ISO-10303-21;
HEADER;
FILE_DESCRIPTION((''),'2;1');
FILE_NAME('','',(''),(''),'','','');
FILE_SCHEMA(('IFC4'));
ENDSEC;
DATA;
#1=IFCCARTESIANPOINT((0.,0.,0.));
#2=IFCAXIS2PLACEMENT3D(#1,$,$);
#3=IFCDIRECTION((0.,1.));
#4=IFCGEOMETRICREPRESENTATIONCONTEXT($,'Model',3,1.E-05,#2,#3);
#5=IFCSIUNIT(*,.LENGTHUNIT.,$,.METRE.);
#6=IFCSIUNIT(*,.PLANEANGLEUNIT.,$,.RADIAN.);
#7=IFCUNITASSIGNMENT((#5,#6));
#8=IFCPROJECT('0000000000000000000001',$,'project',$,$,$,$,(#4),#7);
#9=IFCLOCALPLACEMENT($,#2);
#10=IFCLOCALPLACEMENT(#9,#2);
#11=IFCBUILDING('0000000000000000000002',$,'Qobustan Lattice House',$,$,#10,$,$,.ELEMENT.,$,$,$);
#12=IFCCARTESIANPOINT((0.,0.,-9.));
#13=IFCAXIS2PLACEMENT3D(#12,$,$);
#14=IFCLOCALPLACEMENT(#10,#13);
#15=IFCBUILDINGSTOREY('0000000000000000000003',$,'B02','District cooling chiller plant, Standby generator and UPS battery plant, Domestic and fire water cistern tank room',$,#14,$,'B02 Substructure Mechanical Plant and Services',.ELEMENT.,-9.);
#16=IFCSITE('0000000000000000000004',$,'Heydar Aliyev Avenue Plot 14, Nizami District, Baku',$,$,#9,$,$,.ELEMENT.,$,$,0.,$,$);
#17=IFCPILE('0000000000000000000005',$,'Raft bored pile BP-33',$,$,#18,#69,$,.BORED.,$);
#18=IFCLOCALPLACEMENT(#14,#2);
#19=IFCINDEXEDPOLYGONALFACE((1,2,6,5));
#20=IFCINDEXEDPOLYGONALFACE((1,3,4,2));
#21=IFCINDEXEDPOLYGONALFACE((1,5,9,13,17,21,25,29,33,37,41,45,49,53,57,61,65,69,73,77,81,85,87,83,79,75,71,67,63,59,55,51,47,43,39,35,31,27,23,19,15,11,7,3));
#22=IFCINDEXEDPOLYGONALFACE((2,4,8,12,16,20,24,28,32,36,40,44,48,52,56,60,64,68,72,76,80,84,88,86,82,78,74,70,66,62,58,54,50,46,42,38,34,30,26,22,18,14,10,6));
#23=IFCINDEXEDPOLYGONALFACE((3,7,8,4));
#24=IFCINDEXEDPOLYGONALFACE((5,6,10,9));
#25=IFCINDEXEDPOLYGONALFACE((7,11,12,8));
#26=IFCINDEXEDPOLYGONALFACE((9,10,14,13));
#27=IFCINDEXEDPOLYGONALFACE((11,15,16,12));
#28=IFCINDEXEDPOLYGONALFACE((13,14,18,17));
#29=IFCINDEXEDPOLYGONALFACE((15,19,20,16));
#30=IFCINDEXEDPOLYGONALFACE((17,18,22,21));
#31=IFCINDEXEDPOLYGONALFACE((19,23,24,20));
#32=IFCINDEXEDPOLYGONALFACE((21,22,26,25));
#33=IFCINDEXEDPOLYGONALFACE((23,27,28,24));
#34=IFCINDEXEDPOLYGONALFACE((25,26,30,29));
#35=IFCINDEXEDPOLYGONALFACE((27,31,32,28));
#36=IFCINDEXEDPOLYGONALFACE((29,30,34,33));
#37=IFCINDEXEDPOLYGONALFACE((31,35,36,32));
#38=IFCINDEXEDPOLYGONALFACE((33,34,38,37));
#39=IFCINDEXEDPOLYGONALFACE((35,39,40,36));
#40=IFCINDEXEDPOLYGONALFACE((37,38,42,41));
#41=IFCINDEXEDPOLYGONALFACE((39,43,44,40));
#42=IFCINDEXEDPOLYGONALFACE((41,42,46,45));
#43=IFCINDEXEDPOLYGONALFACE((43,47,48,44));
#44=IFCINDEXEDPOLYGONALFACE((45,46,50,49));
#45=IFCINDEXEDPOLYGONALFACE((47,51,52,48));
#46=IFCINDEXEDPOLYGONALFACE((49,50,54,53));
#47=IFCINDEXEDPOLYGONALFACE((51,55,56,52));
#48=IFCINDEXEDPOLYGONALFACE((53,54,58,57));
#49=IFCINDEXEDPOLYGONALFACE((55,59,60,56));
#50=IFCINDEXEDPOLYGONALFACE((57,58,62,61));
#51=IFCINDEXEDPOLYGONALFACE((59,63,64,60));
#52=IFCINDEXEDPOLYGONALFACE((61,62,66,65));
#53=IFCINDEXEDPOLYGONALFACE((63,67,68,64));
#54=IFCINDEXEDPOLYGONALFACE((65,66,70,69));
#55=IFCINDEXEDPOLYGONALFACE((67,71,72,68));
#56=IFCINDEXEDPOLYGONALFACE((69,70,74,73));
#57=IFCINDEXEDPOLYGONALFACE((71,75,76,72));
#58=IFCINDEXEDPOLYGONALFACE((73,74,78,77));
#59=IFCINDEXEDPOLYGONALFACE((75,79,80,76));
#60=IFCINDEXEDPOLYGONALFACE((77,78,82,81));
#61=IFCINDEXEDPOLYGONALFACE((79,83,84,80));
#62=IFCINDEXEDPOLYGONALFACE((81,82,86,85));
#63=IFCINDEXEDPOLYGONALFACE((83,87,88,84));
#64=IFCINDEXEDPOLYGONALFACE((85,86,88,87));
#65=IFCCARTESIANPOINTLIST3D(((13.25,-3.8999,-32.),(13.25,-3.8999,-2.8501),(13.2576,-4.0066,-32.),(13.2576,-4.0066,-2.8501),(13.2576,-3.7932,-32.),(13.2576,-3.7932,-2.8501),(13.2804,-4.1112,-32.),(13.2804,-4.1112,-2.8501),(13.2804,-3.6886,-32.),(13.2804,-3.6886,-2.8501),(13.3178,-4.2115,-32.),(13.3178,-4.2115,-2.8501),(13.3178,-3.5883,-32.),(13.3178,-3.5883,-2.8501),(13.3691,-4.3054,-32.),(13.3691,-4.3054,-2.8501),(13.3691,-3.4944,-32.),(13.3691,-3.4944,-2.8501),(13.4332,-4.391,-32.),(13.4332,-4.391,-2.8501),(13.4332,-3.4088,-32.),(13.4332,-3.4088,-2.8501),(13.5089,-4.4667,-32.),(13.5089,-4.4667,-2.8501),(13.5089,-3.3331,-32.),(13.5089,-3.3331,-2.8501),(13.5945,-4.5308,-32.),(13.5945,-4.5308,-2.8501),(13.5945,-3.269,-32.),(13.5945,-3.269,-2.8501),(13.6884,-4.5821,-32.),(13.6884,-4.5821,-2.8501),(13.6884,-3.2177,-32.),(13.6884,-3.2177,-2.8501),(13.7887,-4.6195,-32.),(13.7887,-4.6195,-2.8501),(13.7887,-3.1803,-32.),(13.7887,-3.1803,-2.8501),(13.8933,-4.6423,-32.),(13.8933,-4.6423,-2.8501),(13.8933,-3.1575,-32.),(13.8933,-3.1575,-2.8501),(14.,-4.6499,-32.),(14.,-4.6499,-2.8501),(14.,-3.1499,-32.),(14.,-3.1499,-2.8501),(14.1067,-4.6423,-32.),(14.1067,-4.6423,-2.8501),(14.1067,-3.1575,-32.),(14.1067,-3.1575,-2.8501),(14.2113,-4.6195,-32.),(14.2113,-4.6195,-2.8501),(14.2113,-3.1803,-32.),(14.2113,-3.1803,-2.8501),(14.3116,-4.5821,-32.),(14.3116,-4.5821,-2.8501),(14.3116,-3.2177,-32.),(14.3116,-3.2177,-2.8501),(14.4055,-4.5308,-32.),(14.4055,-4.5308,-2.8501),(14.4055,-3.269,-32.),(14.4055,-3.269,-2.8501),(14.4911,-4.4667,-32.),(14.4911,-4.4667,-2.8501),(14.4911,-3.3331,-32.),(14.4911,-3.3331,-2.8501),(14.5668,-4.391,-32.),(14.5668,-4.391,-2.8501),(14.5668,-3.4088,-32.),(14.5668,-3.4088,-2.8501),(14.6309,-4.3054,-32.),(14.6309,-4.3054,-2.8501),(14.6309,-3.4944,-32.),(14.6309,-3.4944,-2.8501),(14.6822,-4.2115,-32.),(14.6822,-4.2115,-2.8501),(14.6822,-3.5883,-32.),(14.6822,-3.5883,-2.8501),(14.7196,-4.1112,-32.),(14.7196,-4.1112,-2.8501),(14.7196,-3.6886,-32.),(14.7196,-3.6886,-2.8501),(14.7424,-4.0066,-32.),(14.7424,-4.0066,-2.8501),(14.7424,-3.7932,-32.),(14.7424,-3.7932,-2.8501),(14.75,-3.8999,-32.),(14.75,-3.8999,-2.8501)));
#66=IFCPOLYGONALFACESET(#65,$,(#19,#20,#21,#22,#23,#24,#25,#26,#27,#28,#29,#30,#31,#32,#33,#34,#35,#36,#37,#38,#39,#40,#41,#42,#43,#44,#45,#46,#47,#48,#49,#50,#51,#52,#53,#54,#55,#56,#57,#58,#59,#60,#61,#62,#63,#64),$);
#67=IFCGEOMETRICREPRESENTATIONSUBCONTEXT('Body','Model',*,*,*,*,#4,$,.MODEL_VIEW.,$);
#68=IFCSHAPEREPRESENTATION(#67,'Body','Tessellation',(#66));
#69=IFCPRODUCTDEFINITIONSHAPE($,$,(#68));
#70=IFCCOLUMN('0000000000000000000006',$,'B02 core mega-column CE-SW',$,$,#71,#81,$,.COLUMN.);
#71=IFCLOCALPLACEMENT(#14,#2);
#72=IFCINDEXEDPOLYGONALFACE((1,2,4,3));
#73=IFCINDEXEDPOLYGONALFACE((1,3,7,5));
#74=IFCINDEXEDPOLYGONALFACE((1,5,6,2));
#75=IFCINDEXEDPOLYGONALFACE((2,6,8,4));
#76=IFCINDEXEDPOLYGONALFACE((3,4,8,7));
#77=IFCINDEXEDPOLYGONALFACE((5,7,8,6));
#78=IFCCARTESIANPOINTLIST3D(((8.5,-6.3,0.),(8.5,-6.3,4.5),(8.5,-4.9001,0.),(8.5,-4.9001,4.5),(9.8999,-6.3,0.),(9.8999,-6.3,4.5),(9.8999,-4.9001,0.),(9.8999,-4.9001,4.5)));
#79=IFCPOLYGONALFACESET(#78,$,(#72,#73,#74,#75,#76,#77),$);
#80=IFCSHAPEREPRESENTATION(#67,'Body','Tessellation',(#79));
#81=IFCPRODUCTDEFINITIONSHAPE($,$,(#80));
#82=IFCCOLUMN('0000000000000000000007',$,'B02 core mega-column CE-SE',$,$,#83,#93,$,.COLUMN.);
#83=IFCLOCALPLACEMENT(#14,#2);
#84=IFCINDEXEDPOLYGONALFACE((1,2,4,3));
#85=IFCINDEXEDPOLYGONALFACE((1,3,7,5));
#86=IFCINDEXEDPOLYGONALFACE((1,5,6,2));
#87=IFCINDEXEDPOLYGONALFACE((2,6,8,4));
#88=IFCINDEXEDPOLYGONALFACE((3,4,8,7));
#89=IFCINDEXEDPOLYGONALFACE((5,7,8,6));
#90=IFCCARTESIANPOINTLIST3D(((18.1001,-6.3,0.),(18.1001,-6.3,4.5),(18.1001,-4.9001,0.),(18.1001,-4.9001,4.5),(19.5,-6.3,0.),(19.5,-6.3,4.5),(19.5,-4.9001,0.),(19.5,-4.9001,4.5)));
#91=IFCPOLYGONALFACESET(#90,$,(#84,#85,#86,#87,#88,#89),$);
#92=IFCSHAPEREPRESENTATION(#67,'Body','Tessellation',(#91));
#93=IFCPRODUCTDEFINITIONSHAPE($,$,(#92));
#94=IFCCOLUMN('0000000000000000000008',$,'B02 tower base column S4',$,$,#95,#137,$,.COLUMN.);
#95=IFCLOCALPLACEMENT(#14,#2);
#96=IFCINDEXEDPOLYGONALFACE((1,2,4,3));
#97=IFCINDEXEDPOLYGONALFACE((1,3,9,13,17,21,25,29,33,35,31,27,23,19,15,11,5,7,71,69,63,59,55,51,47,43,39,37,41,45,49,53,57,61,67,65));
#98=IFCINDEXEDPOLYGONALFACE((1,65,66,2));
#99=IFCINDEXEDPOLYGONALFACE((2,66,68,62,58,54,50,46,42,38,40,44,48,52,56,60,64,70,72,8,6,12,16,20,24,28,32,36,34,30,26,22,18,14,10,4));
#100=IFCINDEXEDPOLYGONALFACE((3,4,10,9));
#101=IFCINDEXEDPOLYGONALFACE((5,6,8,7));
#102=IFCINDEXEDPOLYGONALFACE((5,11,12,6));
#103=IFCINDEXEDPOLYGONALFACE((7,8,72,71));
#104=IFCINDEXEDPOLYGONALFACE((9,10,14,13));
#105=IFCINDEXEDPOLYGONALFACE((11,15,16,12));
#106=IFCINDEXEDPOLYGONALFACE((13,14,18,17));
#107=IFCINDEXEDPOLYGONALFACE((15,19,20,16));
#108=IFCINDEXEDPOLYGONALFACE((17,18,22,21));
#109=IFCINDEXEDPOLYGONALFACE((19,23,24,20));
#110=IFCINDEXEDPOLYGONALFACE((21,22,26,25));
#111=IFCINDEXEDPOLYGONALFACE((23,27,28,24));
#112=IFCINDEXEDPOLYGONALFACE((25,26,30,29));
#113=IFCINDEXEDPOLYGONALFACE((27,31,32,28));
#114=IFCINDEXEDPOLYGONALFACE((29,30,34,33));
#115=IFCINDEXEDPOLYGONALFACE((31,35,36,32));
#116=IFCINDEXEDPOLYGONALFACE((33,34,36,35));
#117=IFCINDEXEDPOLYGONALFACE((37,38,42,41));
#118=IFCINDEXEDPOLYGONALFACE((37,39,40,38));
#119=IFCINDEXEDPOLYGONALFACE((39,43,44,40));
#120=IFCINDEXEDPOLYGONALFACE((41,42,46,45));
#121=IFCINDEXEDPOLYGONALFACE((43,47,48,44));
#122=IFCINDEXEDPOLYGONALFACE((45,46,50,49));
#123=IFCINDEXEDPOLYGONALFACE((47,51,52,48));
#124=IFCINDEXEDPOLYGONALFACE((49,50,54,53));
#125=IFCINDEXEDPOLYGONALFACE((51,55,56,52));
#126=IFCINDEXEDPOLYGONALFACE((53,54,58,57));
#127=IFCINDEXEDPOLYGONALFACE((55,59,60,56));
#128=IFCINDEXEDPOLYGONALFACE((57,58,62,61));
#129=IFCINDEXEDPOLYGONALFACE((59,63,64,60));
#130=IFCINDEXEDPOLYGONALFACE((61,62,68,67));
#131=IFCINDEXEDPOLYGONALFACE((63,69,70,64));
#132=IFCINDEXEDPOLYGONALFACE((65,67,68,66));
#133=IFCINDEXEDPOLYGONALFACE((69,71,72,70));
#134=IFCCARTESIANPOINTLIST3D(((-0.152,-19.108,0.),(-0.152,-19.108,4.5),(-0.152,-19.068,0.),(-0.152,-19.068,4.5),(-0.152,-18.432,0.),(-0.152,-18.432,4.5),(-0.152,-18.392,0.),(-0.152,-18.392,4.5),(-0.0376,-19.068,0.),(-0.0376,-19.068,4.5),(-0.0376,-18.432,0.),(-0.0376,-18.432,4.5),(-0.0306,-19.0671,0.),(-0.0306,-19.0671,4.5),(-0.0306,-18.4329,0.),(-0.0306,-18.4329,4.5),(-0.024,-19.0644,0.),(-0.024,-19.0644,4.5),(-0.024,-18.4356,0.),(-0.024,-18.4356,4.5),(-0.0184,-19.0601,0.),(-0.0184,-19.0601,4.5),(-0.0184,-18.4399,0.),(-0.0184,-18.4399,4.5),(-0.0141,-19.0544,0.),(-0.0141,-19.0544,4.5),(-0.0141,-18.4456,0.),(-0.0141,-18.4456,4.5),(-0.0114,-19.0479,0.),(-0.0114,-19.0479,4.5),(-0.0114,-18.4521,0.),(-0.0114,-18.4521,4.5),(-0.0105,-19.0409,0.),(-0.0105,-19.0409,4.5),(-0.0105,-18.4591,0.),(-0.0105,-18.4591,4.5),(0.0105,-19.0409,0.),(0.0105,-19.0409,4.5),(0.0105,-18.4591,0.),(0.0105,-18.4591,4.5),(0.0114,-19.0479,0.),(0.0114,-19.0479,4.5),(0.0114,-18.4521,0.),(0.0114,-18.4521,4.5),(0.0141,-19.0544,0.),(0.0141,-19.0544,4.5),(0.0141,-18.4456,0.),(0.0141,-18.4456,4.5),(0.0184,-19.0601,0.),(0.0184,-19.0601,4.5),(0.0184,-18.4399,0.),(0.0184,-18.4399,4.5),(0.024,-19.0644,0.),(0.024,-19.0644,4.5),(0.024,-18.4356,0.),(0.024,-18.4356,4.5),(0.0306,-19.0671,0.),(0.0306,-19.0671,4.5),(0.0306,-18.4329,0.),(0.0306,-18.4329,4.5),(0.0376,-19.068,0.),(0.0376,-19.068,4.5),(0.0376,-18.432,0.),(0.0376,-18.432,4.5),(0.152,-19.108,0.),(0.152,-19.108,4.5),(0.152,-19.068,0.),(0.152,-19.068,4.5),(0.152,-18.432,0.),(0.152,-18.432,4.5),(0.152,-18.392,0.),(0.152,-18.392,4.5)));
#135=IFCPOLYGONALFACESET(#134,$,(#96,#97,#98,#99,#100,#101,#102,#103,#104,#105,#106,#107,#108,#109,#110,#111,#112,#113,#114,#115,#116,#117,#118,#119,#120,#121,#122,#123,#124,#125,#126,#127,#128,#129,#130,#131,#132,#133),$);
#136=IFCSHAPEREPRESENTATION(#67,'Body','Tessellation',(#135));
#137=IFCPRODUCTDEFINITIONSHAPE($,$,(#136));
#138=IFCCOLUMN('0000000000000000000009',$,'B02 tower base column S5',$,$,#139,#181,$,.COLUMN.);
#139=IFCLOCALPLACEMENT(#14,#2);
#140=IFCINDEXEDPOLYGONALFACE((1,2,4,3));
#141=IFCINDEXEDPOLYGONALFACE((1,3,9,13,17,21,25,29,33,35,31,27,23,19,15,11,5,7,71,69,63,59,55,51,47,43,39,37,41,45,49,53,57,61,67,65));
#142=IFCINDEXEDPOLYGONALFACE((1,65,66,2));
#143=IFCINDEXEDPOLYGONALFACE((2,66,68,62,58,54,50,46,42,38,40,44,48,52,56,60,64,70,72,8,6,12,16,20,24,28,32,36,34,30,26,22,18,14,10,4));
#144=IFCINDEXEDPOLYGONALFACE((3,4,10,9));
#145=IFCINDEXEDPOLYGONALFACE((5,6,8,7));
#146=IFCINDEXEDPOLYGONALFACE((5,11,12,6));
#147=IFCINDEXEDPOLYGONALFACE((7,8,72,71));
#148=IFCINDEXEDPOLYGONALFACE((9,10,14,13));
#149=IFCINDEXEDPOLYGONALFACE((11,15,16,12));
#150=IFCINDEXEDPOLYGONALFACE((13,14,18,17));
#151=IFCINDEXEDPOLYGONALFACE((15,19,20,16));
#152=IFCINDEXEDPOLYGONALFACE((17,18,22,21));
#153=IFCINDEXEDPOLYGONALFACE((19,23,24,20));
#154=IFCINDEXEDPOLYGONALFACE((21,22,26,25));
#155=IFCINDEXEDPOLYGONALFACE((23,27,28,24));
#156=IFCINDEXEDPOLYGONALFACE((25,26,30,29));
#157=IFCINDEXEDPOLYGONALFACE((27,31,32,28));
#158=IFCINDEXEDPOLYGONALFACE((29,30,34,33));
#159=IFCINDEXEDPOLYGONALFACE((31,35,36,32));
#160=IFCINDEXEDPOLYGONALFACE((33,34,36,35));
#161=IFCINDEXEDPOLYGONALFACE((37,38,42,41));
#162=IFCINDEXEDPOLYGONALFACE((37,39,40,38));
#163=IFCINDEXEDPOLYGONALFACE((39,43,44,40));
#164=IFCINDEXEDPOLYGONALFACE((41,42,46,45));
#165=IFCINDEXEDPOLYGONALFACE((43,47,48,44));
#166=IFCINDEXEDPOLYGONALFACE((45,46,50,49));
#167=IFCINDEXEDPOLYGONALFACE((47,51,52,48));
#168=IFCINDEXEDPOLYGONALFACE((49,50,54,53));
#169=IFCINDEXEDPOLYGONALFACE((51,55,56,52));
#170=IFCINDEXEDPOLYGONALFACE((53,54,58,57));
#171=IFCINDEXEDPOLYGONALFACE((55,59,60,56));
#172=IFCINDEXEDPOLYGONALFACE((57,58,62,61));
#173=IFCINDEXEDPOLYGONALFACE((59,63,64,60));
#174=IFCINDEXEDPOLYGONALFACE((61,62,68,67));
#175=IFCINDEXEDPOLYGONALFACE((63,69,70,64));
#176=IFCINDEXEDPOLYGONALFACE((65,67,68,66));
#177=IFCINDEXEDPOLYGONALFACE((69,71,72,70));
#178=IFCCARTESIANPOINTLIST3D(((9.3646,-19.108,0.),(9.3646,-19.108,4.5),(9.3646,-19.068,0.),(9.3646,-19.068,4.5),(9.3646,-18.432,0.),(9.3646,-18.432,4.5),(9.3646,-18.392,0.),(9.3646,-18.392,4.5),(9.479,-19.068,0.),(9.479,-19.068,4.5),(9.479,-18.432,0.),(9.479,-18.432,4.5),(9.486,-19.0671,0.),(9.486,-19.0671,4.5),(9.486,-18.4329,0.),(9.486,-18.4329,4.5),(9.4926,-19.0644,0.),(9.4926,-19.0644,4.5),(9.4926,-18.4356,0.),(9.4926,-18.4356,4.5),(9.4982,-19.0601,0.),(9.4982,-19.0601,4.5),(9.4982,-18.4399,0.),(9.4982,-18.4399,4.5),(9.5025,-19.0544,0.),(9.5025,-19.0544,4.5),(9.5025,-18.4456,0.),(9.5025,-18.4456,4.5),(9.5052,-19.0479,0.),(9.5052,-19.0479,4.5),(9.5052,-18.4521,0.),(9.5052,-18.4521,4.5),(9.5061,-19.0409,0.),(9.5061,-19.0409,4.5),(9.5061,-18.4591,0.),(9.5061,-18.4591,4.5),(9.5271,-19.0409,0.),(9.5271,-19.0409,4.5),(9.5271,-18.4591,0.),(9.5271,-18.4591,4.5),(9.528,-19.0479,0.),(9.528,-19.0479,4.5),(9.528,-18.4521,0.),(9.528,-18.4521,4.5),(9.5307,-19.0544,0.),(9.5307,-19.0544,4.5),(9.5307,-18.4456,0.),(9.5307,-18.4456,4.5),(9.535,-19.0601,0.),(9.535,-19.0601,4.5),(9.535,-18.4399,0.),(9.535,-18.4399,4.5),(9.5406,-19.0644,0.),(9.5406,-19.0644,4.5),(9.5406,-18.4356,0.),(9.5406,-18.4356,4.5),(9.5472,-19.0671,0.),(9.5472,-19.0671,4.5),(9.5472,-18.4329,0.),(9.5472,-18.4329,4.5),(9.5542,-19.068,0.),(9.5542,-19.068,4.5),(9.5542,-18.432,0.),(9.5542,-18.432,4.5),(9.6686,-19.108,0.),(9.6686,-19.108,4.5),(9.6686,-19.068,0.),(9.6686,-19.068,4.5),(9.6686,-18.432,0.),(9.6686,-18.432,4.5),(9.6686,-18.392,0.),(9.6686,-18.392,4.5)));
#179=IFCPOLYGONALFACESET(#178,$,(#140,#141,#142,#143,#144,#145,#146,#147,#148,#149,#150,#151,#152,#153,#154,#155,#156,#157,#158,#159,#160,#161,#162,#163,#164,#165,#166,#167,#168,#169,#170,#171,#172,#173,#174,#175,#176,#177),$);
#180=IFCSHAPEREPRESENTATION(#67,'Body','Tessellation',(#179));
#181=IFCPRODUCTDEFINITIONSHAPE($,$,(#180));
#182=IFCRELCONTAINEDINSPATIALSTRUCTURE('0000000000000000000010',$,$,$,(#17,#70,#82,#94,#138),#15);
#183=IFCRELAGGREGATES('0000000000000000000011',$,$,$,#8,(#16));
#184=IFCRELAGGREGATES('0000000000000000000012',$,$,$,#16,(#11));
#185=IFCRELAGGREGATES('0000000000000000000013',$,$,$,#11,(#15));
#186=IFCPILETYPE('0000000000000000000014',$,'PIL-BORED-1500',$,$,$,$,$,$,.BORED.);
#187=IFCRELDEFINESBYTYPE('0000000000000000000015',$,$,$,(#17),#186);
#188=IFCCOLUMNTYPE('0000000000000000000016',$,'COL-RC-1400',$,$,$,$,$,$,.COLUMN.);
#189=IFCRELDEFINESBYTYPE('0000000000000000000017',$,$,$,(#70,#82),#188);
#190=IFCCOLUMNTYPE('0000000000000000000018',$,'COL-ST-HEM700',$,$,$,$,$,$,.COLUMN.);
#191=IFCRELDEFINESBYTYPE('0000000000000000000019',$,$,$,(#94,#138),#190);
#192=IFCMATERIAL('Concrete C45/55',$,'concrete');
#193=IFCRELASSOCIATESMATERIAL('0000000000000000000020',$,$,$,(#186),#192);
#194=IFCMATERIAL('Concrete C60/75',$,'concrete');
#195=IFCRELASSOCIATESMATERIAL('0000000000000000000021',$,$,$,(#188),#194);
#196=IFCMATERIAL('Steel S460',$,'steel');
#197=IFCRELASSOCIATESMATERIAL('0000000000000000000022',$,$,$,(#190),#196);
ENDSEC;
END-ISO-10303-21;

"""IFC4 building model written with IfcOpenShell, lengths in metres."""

from ifc_helpers import new_model, si_unit, direction, frame, origin, origin_2d, place, context, subcontext, project, spatial, rectangle, circle, i_section, extrude, material, material_profile, profile_set, type_object, element, save


model = new_model("IFC4")

# Units and contexts
model_context = context("Model", 3, precision=1e-05, world=origin(), true_north=direction((0.0, 1.0)))
body_context = subcontext(model_context, "Body", "Model", "MODEL_VIEW")
ifc_project = project(units=[si_unit("LENGTHUNIT", "METRE"), si_unit("PLANEANGLEUNIT", "RADIAN")], contexts=[model_context])

# Site, building, storey
site_placement = place(None, origin())
site = spatial("IfcSite", under=ifc_project, at=site_placement, Name="Heydar Aliyev Avenue Plot 14, Nizami District, Baku", CompositionType="ELEMENT", RefElevation=0.0)
building_placement = place(site_placement, origin())
building = spatial("IfcBuilding", under=site, at=building_placement, Name="Qobustan Lattice House", CompositionType="ELEMENT")
storey_placement = place(building_placement, frame((0.0, 0.0, -9.0)))
storey = spatial("IfcBuildingStorey", under=building, at=storey_placement, Name="B02", Description="District cooling chiller plant, Standby generator and UPS battery plant, Domestic and fire water cistern tank room", LongName="B02 Substructure Mechanical Plant and Services", CompositionType="ELEMENT", Elevation=-9.0)

# Pile
ifc_material_1 = material(Name="Concrete C45/55", Category="concrete")
ifc_material_profile_1 = material_profile(ifc_material_1, circle(Radius=0.75, at=origin_2d()), Name="PILE-D1500")
ifc_profile_set_1 = profile_set([ifc_material_profile_1], Name="Concrete C45/55")
pile_type = type_object("IfcPileType", Name="PIL-BORED-1500", PredefinedType="BORED", material=ifc_profile_set_1)
for number, where, z_axis, x_axis, name in (
    (1, (14.0, -3.8999, -2.8501), (0.0, 0.0, -1.0), (1.0, 0.0, 0.0), "Raft bored pile BP-33"),
):
    element("IfcPile", number, at=place(storey_placement, frame(where, z_axis=z_axis, x_axis=x_axis)), inside=storey, type_object=pile_type, Name=name, PredefinedType="BORED", context=body_context, shape_type="SweptSolid", body=[
        extrude(circle(Radius=0.75, at=origin_2d()), origin(), (0.0, 0.0, 1.0), 29.1499),
    ])

# Columns
ifc_material_2 = material(Name="Concrete C60/75", Category="concrete")
ifc_material_profile_2 = material_profile(ifc_material_2, rectangle(XDim=1.3999, YDim=1.3999, at=origin_2d()), Name="RC1400x1400")
ifc_profile_set_2 = profile_set([ifc_material_profile_2], Name="Concrete C60/75")
column_type_1 = type_object("IfcColumnType", Name="COL-RC-1400", PredefinedType="COLUMN", material=ifc_profile_set_2)
for number, where, z_axis, x_axis, name in (
    (2, (9.2, -5.6001, 0.0), (0.0, 0.0, 1.0), (1.0, 0.0, 0.0), "B02 core mega-column CE-SW"),
    (3, (18.8, -5.6001, 0.0), (0.0, 0.0, 1.0), (1.0, 0.0, 0.0), "B02 core mega-column CE-SE"),
):
    element("IfcColumn", number, at=place(storey_placement, frame(where, z_axis=z_axis, x_axis=x_axis)), inside=storey, type_object=column_type_1, Name=name, PredefinedType="COLUMN", context=body_context, shape_type="SweptSolid", body=[
        extrude(rectangle(XDim=1.3999, YDim=1.3999, at=origin_2d()), origin(), (0.0, 0.0, 1.0), 4.5),
    ])
ifc_material_3 = material(Name="Steel S460", Category="steel")
ifc_material_profile_3 = material_profile(ifc_material_3, i_section(OverallWidth=0.304, OverallDepth=0.7161, WebThickness=0.021, FlangeThickness=0.04, FilletRadius=0.0271, at=origin_2d()), Name="HEM700")
ifc_profile_set_3 = profile_set([ifc_material_profile_3], Name="Steel S460")
column_type_2 = type_object("IfcColumnType", Name="COL-ST-HEM700", PredefinedType="COLUMN", material=ifc_profile_set_3)
for number, where, z_axis, x_axis, name in (
    (4, (0.0, -18.75, 0.0), (0.0, 0.0, 1.0), (1.0, 0.0, 0.0), "B02 tower base column S4"),
    (5, (9.5166, -18.75, 0.0), (0.0, 0.0, 1.0), (1.0, 0.0, 0.0), "B02 tower base column S5"),
):
    element("IfcColumn", number, at=place(storey_placement, frame(where, z_axis=z_axis, x_axis=x_axis)), inside=storey, type_object=column_type_2, Name=name, PredefinedType="COLUMN", context=body_context, shape_type="SweptSolid", body=[
        extrude(i_section(OverallWidth=0.304, OverallDepth=0.7161, WebThickness=0.021, FlangeThickness=0.04, FilletRadius=0.0271, at=origin_2d()), origin(), (0.0, 0.0, 1.0), 4.5),
    ])

save(model, "model.ifc")
